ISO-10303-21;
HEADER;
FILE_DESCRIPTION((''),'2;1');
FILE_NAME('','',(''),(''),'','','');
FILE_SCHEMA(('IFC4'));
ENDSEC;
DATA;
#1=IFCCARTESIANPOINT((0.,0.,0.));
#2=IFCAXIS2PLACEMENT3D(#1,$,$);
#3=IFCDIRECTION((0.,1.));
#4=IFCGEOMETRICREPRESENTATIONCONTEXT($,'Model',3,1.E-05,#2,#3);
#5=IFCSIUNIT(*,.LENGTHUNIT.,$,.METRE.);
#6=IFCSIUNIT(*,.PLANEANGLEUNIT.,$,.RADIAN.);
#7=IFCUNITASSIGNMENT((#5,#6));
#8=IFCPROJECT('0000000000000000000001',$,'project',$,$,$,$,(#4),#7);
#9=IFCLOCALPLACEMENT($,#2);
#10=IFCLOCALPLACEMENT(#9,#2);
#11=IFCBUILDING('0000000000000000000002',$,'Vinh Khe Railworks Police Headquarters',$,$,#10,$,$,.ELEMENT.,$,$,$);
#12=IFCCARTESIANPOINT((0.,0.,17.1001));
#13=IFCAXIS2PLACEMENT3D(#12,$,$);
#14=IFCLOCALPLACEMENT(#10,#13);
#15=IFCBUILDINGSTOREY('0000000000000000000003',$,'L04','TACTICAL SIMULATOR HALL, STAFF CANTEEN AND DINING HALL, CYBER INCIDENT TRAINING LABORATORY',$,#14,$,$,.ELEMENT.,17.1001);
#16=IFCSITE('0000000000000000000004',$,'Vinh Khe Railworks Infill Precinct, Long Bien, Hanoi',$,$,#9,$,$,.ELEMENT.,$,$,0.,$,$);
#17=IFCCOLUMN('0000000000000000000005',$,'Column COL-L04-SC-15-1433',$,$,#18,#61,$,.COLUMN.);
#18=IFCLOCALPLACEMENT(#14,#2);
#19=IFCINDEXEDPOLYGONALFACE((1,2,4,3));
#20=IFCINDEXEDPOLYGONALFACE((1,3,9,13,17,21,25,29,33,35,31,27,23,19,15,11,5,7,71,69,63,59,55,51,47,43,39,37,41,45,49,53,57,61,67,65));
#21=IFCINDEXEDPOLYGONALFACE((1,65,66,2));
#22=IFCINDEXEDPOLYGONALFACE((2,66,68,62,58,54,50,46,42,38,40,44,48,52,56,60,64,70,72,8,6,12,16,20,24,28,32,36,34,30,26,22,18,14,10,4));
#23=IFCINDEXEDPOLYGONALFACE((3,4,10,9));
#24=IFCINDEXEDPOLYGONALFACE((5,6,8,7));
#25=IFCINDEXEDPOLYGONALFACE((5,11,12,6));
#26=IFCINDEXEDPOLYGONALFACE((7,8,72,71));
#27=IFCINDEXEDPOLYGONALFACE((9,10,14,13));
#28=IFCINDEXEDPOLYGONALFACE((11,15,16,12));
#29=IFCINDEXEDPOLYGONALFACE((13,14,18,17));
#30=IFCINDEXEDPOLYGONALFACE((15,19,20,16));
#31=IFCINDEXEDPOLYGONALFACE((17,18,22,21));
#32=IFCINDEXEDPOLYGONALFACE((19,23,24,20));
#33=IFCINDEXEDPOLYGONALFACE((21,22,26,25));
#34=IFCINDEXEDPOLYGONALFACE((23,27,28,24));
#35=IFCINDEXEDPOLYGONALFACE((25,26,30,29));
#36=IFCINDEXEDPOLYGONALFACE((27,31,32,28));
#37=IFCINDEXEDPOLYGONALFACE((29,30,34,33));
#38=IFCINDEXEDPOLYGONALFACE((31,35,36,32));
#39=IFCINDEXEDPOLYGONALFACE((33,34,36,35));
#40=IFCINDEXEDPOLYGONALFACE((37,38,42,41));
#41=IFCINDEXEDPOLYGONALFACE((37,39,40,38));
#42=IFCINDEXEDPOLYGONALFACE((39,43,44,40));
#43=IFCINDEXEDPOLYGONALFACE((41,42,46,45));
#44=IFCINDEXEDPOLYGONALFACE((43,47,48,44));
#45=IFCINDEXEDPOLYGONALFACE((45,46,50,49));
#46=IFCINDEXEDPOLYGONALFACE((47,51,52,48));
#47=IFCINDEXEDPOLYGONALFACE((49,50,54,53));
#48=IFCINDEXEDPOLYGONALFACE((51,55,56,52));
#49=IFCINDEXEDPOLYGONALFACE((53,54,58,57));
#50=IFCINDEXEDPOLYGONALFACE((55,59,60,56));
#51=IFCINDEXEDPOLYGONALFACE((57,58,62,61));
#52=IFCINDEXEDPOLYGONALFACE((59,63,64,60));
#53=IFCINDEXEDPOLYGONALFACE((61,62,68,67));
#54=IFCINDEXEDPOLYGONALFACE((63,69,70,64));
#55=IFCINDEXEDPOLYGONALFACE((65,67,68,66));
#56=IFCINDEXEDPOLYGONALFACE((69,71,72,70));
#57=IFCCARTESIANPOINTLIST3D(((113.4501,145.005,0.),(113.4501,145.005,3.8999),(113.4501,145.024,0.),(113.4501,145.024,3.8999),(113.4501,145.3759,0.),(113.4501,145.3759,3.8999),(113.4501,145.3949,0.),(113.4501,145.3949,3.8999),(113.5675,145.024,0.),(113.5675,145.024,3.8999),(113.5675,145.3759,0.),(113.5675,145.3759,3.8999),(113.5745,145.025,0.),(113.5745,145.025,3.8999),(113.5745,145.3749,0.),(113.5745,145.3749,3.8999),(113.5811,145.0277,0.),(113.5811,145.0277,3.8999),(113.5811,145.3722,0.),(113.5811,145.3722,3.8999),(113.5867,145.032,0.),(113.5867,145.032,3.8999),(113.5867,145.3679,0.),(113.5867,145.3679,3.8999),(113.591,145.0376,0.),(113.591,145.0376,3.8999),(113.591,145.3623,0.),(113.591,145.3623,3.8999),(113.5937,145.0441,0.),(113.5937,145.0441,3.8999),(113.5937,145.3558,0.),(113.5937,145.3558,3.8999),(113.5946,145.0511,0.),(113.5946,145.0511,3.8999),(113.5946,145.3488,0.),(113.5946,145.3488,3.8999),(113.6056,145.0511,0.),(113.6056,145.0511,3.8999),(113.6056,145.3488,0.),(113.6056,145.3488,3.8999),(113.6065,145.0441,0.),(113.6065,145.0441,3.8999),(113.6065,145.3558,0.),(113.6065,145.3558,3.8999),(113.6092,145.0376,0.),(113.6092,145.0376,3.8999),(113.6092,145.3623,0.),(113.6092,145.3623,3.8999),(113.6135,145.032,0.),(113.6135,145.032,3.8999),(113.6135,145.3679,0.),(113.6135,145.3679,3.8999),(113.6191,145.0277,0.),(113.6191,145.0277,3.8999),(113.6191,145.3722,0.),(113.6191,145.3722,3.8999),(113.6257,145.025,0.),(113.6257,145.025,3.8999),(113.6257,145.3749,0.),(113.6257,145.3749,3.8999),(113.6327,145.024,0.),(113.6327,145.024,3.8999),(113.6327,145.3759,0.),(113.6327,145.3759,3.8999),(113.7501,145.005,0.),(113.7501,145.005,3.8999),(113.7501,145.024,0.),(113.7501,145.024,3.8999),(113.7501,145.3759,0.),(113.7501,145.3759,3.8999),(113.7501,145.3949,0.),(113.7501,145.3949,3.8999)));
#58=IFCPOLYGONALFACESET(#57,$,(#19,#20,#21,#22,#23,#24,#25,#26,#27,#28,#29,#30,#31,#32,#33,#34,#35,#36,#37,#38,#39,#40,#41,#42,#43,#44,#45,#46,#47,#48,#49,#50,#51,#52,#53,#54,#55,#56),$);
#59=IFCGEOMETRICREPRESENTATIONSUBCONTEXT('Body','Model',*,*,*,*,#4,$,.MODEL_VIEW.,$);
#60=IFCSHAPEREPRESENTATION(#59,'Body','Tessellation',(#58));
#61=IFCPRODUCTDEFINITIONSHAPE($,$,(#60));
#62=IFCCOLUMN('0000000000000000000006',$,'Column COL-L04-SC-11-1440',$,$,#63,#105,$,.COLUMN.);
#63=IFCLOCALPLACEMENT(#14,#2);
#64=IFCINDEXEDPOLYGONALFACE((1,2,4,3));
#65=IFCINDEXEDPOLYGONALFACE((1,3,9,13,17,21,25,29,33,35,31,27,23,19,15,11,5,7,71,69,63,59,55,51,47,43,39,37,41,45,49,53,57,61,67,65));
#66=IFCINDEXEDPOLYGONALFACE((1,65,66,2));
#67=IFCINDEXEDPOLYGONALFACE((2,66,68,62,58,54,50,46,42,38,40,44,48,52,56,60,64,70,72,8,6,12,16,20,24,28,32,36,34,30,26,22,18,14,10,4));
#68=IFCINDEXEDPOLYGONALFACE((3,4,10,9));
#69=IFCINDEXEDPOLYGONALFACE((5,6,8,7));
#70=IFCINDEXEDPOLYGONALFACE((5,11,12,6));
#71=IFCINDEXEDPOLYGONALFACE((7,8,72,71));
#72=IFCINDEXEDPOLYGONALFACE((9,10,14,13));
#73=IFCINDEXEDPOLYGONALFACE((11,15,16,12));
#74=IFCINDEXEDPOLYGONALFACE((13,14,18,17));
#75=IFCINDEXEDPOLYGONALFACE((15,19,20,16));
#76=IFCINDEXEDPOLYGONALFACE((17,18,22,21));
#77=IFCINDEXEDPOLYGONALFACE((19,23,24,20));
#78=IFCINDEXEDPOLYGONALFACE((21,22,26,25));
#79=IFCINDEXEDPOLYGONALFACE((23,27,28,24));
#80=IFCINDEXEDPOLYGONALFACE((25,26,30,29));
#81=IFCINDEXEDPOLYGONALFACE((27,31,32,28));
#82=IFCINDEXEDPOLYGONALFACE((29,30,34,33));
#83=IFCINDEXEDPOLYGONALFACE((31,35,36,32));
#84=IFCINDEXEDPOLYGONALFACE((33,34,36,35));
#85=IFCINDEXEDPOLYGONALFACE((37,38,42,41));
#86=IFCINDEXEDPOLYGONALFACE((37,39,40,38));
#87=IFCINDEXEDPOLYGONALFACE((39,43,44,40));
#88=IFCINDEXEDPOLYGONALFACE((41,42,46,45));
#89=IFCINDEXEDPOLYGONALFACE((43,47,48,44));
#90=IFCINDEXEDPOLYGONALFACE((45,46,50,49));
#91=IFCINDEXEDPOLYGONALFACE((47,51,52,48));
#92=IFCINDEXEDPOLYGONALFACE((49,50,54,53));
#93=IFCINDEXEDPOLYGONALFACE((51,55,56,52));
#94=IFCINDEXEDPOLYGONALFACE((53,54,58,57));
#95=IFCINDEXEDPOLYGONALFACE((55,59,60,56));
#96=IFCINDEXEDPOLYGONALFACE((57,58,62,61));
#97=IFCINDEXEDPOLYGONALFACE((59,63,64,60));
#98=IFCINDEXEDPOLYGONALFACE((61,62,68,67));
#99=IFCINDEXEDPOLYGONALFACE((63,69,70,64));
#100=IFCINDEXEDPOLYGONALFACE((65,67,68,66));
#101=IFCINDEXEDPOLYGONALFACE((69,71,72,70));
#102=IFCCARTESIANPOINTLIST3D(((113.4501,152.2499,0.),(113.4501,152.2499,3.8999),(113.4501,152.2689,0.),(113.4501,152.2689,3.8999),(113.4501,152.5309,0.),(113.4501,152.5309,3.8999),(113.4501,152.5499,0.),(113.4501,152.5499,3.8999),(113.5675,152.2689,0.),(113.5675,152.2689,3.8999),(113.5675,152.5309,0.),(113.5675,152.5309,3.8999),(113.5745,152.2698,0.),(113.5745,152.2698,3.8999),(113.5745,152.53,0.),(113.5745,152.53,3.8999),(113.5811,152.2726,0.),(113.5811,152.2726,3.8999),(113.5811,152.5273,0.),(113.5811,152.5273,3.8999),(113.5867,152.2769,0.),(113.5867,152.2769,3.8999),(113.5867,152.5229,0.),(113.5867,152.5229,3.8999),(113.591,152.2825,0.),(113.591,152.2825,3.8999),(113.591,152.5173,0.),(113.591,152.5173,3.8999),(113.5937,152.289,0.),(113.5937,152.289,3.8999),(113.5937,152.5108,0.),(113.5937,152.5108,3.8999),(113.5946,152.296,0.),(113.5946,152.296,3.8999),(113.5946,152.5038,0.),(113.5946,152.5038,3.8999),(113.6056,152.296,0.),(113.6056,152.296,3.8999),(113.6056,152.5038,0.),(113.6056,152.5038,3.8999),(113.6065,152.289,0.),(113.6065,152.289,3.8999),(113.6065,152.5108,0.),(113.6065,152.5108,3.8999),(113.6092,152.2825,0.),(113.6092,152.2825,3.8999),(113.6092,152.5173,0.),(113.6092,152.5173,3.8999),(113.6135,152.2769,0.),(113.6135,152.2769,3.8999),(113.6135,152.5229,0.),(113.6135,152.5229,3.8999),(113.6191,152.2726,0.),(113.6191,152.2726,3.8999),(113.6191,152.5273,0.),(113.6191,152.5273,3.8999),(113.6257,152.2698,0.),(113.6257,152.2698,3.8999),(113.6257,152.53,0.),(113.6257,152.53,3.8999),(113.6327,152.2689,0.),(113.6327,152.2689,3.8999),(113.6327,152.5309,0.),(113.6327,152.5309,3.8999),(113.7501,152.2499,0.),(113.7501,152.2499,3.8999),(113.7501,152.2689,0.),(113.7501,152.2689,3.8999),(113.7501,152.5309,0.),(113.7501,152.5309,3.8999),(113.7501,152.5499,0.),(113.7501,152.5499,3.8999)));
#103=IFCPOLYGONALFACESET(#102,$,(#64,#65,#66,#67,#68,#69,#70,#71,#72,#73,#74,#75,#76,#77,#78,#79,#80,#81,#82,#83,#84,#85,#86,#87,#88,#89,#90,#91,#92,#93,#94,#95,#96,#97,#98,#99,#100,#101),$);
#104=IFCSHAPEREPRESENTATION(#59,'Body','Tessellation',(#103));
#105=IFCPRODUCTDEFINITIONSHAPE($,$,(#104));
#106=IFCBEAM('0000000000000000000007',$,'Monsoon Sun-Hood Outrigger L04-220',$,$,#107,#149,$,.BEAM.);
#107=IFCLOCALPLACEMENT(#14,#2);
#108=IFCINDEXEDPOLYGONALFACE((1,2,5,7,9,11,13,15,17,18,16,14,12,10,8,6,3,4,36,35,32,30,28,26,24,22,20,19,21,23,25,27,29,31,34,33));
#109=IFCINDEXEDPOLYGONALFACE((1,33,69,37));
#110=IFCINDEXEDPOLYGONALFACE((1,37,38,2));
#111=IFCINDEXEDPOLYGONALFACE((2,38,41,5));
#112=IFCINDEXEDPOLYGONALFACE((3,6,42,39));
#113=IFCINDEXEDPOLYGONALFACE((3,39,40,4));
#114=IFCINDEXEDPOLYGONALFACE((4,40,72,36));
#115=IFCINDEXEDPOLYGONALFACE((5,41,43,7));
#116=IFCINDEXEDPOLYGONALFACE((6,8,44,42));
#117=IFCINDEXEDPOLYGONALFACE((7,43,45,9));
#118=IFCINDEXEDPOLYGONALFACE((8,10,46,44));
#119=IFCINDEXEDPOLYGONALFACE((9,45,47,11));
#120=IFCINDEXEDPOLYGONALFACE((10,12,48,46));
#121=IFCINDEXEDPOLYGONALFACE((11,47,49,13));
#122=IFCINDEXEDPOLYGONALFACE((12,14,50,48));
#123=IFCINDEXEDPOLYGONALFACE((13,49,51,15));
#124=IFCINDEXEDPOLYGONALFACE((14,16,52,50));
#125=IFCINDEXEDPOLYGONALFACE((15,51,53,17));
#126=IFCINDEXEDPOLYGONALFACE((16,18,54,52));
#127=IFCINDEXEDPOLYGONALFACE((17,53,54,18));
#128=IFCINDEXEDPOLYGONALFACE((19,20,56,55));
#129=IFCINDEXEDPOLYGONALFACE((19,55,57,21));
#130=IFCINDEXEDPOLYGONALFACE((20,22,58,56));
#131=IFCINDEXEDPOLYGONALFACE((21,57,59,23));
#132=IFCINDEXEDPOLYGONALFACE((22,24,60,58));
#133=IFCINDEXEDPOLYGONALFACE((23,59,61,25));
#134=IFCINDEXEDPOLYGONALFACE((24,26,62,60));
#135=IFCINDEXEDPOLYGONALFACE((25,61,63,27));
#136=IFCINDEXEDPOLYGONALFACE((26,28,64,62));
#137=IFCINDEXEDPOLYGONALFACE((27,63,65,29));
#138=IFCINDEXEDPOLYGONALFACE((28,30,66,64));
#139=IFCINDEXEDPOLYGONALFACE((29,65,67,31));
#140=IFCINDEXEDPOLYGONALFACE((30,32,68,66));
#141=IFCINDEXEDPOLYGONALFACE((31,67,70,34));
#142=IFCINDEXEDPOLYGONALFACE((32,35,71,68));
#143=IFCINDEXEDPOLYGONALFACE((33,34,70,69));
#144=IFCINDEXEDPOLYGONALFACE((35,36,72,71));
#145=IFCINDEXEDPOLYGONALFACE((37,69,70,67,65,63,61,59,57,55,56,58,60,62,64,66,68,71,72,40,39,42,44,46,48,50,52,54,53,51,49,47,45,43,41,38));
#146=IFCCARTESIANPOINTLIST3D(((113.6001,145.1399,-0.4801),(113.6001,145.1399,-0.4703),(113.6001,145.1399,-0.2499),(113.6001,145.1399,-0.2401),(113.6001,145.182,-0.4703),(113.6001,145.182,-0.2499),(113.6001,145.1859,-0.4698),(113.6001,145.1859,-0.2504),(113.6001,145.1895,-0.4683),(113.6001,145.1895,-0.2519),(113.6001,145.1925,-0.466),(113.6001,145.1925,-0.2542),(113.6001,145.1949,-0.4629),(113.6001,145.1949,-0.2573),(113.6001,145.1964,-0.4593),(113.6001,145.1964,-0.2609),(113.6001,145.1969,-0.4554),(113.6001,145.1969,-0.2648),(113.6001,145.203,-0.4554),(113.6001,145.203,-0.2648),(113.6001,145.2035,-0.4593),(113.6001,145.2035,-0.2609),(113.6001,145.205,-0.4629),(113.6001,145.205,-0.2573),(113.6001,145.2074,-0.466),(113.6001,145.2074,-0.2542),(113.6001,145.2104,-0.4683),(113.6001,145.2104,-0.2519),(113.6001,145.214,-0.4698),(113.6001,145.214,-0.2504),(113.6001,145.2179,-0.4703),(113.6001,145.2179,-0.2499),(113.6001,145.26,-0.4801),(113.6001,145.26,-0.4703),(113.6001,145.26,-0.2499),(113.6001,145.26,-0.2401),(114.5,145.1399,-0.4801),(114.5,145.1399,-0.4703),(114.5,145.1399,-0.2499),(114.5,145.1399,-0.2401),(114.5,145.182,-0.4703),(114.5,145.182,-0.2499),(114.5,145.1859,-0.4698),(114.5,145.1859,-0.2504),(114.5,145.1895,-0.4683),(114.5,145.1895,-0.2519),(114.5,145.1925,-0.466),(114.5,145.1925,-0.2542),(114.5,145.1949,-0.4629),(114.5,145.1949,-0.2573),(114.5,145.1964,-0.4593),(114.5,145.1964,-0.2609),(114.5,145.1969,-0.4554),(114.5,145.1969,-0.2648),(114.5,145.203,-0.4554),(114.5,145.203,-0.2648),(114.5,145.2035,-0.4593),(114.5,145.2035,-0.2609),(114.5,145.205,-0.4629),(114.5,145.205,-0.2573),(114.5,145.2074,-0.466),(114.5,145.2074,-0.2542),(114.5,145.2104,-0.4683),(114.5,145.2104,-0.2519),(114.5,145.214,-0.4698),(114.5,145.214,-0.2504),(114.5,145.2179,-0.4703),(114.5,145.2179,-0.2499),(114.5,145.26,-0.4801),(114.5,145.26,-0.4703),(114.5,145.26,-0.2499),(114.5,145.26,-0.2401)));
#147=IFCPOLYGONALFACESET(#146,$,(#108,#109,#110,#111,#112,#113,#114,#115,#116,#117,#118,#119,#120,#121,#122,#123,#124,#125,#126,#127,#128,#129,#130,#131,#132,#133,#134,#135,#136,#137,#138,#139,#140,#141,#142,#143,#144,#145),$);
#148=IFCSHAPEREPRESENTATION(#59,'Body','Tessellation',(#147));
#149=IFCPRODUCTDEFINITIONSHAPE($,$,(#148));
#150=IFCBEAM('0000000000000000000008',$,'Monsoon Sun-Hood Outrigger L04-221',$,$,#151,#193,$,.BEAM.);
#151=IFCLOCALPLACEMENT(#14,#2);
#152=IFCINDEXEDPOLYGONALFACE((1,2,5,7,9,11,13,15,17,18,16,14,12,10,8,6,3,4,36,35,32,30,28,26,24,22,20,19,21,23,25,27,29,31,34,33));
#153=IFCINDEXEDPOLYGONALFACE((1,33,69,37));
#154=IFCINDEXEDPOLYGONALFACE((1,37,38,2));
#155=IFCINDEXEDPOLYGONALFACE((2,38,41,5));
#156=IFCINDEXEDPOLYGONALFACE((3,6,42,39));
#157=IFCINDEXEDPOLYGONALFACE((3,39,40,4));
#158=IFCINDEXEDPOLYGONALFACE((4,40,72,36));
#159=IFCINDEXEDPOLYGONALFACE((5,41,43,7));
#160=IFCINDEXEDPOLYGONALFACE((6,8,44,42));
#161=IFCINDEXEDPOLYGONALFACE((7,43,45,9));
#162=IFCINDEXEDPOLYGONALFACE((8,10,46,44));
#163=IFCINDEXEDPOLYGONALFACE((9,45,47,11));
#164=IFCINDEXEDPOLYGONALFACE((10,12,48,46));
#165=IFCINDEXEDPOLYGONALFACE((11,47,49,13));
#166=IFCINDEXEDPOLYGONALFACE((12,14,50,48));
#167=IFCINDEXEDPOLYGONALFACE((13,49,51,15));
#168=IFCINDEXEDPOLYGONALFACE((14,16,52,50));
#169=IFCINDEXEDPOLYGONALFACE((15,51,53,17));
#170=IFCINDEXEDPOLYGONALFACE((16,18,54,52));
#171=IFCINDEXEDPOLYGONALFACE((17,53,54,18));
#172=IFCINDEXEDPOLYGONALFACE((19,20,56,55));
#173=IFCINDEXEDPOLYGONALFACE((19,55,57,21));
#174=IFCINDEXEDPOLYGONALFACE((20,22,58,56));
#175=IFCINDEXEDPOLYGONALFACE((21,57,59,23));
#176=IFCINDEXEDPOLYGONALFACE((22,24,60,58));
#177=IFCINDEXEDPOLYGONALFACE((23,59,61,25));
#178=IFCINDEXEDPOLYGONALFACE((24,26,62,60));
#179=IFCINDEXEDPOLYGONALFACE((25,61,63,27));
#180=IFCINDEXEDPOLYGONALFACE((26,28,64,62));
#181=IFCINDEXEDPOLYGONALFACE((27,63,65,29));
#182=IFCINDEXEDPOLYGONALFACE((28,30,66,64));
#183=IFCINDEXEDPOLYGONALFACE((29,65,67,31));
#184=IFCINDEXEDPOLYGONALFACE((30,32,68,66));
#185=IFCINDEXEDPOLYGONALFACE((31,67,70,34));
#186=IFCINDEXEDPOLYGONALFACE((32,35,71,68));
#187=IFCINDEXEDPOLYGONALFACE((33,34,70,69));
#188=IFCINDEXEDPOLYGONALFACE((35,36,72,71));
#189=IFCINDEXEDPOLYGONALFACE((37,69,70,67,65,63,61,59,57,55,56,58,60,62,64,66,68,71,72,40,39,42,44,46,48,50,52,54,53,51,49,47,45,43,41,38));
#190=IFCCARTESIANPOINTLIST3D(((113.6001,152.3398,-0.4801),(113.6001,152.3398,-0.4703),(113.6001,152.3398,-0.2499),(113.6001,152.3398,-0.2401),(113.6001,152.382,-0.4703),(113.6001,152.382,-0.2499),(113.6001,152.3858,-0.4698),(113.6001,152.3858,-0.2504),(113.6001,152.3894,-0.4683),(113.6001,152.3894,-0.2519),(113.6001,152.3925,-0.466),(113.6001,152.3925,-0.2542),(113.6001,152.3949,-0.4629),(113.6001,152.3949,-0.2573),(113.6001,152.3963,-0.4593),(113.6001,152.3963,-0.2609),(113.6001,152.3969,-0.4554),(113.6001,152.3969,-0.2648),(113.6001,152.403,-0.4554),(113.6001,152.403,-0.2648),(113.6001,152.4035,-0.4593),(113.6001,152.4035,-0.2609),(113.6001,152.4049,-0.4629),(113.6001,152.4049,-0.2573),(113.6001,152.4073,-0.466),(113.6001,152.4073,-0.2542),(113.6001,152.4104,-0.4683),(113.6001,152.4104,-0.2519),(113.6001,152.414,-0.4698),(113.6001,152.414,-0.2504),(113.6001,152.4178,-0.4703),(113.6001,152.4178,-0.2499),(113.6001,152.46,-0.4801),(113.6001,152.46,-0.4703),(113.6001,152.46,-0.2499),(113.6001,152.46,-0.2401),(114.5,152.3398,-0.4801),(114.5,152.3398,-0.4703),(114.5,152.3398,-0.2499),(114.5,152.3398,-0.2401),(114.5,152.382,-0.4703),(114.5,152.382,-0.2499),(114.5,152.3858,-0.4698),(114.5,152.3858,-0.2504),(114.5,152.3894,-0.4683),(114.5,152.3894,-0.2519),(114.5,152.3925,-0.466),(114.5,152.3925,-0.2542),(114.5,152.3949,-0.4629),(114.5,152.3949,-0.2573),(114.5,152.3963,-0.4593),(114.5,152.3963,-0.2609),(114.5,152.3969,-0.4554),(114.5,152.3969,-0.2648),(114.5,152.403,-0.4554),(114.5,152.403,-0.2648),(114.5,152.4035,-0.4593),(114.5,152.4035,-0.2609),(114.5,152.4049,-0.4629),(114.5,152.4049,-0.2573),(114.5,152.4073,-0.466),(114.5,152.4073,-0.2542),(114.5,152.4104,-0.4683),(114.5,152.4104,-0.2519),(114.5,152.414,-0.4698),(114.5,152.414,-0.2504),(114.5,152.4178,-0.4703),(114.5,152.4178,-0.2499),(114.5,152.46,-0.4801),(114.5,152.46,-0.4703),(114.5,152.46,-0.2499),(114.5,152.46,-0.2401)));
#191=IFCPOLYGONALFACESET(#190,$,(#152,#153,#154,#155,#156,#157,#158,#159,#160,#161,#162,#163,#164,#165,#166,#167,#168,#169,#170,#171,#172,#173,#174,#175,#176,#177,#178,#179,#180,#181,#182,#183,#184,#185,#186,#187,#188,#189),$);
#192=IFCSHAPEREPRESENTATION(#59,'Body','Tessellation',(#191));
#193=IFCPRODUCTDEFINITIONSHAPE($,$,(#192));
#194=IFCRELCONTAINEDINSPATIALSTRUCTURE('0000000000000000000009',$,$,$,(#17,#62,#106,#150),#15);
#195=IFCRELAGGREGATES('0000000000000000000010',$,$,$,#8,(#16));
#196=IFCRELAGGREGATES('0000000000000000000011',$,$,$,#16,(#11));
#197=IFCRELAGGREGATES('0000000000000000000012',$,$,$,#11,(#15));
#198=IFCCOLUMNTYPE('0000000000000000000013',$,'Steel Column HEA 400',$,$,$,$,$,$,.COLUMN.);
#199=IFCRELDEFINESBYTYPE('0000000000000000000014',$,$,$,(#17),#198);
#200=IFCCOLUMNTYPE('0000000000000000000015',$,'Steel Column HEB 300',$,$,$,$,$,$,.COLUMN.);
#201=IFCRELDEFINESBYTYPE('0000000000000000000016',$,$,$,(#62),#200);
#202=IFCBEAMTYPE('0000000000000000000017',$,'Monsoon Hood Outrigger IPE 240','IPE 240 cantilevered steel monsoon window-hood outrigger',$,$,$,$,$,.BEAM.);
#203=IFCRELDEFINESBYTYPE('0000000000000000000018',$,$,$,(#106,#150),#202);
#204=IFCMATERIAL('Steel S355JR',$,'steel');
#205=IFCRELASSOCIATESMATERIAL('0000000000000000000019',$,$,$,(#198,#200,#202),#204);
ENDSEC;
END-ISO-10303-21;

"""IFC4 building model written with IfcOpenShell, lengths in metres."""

from ifc_helpers import new_model, si_unit, direction, frame, origin, origin_2d, place, context, subcontext, project, spatial, i_section, extrude, material, material_profile, profile_set, type_object, element, save


model = new_model("IFC4")

# Units and contexts
model_context = context("Model", 3, precision=1e-05, world=origin(), true_north=direction((0.0, 1.0)))
body_context = subcontext(model_context, "Body", "Model", "MODEL_VIEW")
ifc_project = project(units=[si_unit("LENGTHUNIT", "METRE"), si_unit("PLANEANGLEUNIT", "RADIAN")], contexts=[model_context])

# Site, building, storey
site_placement = place(None, origin())
site = spatial("IfcSite", under=ifc_project, at=site_placement, Name="Vinh Khe Railworks Infill Precinct, Long Bien, Hanoi", CompositionType="ELEMENT", RefElevation=0.0)
building_placement = place(site_placement, origin())
building = spatial("IfcBuilding", under=site, at=building_placement, Name="Vinh Khe Railworks Police Headquarters", CompositionType="ELEMENT")
storey_placement = place(building_placement, frame((0.0, 0.0, 17.1001)))
storey = spatial("IfcBuildingStorey", under=building, at=storey_placement, Name="L04", Description="TACTICAL SIMULATOR HALL, STAFF CANTEEN AND DINING HALL, CYBER INCIDENT TRAINING LABORATORY", CompositionType="ELEMENT", Elevation=17.1001)

# Columns
ifc_material_1 = material(Name="Steel S355JR", Category="steel")
ifc_material_profile_1 = material_profile(ifc_material_1, i_section(OverallWidth=0.3, OverallDepth=0.3899, WebThickness=0.011, FlangeThickness=0.019, FilletRadius=0.0271, at=origin_2d()), Name="HEA 400")
ifc_profile_set_1 = profile_set([ifc_material_profile_1], Name="Steel S355JR")
column_type_1 = type_object("IfcColumnType", Name="Steel Column HEA 400", PredefinedType="COLUMN", material=ifc_profile_set_1)
column_1_placement = place(storey_placement, frame((113.6001, 145.2, 0.0), z_axis=(0.0, 0.0, 1.0), x_axis=(1.0, 0.0, 0.0)))
element("IfcColumn", 1, at=column_1_placement, inside=storey, type_object=column_type_1, Name="Column COL-L04-SC-15-1433", PredefinedType="COLUMN", context=body_context, shape_type="SweptSolid", body=[
    extrude(i_section(OverallWidth=0.3, OverallDepth=0.3899, WebThickness=0.011, FlangeThickness=0.019, FilletRadius=0.0271, at=origin_2d()), origin(), (0.0, 0.0, 1.0), 3.8999),
])
ifc_material_profile_2 = material_profile(ifc_material_1, i_section(OverallWidth=0.3, OverallDepth=0.3, WebThickness=0.011, FlangeThickness=0.019, FilletRadius=0.0271, at=origin_2d()), Name="HEB 300")
ifc_profile_set_2 = profile_set([ifc_material_profile_2], Name="Steel S355JR")
column_type_2 = type_object("IfcColumnType", Name="Steel Column HEB 300", PredefinedType="COLUMN", material=ifc_profile_set_2)
column_2_placement = place(storey_placement, frame((113.6001, 152.3999, 0.0), z_axis=(0.0, 0.0, 1.0), x_axis=(1.0, 0.0, 0.0)))
element("IfcColumn", 2, at=column_2_placement, inside=storey, type_object=column_type_2, Name="Column COL-L04-SC-11-1440", PredefinedType="COLUMN", context=body_context, shape_type="SweptSolid", body=[
    extrude(i_section(OverallWidth=0.3, OverallDepth=0.3, WebThickness=0.011, FlangeThickness=0.019, FilletRadius=0.0271, at=origin_2d()), origin(), (0.0, 0.0, 1.0), 3.8999),
])

# Beams
ifc_material_profile_3 = material_profile(ifc_material_1, i_section(OverallWidth=0.1201, OverallDepth=0.24, WebThickness=0.0061, FlangeThickness=0.0098, FilletRadius=0.0149, at=origin_2d()), Name="IPE 240")
ifc_profile_set_3 = profile_set([ifc_material_profile_3], Name="Steel S355JR")
beam_type_1 = type_object("IfcBeamType", Name="Monsoon Hood Outrigger IPE 240", Description="IPE 240 cantilevered steel monsoon window-hood outrigger", PredefinedType="BEAM", material=ifc_profile_set_3)
for number, where, z_axis, x_axis, name in (
    (3, (113.6001, 145.2, -0.3601), (1.0, 0.0, 0.0), (0.0, 1.0, 0.0), "Monsoon Sun-Hood Outrigger L04-220"),
    (4, (113.6001, 152.3999, -0.3601), (1.0, 0.0, 0.0), (0.0, 1.0, 0.0), "Monsoon Sun-Hood Outrigger L04-221"),
):
    element("IfcBeam", number, at=place(storey_placement, frame(where, z_axis=z_axis, x_axis=x_axis)), inside=storey, type_object=beam_type_1, Name=name, PredefinedType="BEAM", context=body_context, shape_type="SweptSolid", body=[
        extrude(i_section(OverallWidth=0.1201, OverallDepth=0.24, WebThickness=0.0061, FlangeThickness=0.0098, FilletRadius=0.0149, at=origin_2d()), origin(), (0.0, 0.0, 1.0), 0.8999),
    ])

save(model, "model.ifc")
